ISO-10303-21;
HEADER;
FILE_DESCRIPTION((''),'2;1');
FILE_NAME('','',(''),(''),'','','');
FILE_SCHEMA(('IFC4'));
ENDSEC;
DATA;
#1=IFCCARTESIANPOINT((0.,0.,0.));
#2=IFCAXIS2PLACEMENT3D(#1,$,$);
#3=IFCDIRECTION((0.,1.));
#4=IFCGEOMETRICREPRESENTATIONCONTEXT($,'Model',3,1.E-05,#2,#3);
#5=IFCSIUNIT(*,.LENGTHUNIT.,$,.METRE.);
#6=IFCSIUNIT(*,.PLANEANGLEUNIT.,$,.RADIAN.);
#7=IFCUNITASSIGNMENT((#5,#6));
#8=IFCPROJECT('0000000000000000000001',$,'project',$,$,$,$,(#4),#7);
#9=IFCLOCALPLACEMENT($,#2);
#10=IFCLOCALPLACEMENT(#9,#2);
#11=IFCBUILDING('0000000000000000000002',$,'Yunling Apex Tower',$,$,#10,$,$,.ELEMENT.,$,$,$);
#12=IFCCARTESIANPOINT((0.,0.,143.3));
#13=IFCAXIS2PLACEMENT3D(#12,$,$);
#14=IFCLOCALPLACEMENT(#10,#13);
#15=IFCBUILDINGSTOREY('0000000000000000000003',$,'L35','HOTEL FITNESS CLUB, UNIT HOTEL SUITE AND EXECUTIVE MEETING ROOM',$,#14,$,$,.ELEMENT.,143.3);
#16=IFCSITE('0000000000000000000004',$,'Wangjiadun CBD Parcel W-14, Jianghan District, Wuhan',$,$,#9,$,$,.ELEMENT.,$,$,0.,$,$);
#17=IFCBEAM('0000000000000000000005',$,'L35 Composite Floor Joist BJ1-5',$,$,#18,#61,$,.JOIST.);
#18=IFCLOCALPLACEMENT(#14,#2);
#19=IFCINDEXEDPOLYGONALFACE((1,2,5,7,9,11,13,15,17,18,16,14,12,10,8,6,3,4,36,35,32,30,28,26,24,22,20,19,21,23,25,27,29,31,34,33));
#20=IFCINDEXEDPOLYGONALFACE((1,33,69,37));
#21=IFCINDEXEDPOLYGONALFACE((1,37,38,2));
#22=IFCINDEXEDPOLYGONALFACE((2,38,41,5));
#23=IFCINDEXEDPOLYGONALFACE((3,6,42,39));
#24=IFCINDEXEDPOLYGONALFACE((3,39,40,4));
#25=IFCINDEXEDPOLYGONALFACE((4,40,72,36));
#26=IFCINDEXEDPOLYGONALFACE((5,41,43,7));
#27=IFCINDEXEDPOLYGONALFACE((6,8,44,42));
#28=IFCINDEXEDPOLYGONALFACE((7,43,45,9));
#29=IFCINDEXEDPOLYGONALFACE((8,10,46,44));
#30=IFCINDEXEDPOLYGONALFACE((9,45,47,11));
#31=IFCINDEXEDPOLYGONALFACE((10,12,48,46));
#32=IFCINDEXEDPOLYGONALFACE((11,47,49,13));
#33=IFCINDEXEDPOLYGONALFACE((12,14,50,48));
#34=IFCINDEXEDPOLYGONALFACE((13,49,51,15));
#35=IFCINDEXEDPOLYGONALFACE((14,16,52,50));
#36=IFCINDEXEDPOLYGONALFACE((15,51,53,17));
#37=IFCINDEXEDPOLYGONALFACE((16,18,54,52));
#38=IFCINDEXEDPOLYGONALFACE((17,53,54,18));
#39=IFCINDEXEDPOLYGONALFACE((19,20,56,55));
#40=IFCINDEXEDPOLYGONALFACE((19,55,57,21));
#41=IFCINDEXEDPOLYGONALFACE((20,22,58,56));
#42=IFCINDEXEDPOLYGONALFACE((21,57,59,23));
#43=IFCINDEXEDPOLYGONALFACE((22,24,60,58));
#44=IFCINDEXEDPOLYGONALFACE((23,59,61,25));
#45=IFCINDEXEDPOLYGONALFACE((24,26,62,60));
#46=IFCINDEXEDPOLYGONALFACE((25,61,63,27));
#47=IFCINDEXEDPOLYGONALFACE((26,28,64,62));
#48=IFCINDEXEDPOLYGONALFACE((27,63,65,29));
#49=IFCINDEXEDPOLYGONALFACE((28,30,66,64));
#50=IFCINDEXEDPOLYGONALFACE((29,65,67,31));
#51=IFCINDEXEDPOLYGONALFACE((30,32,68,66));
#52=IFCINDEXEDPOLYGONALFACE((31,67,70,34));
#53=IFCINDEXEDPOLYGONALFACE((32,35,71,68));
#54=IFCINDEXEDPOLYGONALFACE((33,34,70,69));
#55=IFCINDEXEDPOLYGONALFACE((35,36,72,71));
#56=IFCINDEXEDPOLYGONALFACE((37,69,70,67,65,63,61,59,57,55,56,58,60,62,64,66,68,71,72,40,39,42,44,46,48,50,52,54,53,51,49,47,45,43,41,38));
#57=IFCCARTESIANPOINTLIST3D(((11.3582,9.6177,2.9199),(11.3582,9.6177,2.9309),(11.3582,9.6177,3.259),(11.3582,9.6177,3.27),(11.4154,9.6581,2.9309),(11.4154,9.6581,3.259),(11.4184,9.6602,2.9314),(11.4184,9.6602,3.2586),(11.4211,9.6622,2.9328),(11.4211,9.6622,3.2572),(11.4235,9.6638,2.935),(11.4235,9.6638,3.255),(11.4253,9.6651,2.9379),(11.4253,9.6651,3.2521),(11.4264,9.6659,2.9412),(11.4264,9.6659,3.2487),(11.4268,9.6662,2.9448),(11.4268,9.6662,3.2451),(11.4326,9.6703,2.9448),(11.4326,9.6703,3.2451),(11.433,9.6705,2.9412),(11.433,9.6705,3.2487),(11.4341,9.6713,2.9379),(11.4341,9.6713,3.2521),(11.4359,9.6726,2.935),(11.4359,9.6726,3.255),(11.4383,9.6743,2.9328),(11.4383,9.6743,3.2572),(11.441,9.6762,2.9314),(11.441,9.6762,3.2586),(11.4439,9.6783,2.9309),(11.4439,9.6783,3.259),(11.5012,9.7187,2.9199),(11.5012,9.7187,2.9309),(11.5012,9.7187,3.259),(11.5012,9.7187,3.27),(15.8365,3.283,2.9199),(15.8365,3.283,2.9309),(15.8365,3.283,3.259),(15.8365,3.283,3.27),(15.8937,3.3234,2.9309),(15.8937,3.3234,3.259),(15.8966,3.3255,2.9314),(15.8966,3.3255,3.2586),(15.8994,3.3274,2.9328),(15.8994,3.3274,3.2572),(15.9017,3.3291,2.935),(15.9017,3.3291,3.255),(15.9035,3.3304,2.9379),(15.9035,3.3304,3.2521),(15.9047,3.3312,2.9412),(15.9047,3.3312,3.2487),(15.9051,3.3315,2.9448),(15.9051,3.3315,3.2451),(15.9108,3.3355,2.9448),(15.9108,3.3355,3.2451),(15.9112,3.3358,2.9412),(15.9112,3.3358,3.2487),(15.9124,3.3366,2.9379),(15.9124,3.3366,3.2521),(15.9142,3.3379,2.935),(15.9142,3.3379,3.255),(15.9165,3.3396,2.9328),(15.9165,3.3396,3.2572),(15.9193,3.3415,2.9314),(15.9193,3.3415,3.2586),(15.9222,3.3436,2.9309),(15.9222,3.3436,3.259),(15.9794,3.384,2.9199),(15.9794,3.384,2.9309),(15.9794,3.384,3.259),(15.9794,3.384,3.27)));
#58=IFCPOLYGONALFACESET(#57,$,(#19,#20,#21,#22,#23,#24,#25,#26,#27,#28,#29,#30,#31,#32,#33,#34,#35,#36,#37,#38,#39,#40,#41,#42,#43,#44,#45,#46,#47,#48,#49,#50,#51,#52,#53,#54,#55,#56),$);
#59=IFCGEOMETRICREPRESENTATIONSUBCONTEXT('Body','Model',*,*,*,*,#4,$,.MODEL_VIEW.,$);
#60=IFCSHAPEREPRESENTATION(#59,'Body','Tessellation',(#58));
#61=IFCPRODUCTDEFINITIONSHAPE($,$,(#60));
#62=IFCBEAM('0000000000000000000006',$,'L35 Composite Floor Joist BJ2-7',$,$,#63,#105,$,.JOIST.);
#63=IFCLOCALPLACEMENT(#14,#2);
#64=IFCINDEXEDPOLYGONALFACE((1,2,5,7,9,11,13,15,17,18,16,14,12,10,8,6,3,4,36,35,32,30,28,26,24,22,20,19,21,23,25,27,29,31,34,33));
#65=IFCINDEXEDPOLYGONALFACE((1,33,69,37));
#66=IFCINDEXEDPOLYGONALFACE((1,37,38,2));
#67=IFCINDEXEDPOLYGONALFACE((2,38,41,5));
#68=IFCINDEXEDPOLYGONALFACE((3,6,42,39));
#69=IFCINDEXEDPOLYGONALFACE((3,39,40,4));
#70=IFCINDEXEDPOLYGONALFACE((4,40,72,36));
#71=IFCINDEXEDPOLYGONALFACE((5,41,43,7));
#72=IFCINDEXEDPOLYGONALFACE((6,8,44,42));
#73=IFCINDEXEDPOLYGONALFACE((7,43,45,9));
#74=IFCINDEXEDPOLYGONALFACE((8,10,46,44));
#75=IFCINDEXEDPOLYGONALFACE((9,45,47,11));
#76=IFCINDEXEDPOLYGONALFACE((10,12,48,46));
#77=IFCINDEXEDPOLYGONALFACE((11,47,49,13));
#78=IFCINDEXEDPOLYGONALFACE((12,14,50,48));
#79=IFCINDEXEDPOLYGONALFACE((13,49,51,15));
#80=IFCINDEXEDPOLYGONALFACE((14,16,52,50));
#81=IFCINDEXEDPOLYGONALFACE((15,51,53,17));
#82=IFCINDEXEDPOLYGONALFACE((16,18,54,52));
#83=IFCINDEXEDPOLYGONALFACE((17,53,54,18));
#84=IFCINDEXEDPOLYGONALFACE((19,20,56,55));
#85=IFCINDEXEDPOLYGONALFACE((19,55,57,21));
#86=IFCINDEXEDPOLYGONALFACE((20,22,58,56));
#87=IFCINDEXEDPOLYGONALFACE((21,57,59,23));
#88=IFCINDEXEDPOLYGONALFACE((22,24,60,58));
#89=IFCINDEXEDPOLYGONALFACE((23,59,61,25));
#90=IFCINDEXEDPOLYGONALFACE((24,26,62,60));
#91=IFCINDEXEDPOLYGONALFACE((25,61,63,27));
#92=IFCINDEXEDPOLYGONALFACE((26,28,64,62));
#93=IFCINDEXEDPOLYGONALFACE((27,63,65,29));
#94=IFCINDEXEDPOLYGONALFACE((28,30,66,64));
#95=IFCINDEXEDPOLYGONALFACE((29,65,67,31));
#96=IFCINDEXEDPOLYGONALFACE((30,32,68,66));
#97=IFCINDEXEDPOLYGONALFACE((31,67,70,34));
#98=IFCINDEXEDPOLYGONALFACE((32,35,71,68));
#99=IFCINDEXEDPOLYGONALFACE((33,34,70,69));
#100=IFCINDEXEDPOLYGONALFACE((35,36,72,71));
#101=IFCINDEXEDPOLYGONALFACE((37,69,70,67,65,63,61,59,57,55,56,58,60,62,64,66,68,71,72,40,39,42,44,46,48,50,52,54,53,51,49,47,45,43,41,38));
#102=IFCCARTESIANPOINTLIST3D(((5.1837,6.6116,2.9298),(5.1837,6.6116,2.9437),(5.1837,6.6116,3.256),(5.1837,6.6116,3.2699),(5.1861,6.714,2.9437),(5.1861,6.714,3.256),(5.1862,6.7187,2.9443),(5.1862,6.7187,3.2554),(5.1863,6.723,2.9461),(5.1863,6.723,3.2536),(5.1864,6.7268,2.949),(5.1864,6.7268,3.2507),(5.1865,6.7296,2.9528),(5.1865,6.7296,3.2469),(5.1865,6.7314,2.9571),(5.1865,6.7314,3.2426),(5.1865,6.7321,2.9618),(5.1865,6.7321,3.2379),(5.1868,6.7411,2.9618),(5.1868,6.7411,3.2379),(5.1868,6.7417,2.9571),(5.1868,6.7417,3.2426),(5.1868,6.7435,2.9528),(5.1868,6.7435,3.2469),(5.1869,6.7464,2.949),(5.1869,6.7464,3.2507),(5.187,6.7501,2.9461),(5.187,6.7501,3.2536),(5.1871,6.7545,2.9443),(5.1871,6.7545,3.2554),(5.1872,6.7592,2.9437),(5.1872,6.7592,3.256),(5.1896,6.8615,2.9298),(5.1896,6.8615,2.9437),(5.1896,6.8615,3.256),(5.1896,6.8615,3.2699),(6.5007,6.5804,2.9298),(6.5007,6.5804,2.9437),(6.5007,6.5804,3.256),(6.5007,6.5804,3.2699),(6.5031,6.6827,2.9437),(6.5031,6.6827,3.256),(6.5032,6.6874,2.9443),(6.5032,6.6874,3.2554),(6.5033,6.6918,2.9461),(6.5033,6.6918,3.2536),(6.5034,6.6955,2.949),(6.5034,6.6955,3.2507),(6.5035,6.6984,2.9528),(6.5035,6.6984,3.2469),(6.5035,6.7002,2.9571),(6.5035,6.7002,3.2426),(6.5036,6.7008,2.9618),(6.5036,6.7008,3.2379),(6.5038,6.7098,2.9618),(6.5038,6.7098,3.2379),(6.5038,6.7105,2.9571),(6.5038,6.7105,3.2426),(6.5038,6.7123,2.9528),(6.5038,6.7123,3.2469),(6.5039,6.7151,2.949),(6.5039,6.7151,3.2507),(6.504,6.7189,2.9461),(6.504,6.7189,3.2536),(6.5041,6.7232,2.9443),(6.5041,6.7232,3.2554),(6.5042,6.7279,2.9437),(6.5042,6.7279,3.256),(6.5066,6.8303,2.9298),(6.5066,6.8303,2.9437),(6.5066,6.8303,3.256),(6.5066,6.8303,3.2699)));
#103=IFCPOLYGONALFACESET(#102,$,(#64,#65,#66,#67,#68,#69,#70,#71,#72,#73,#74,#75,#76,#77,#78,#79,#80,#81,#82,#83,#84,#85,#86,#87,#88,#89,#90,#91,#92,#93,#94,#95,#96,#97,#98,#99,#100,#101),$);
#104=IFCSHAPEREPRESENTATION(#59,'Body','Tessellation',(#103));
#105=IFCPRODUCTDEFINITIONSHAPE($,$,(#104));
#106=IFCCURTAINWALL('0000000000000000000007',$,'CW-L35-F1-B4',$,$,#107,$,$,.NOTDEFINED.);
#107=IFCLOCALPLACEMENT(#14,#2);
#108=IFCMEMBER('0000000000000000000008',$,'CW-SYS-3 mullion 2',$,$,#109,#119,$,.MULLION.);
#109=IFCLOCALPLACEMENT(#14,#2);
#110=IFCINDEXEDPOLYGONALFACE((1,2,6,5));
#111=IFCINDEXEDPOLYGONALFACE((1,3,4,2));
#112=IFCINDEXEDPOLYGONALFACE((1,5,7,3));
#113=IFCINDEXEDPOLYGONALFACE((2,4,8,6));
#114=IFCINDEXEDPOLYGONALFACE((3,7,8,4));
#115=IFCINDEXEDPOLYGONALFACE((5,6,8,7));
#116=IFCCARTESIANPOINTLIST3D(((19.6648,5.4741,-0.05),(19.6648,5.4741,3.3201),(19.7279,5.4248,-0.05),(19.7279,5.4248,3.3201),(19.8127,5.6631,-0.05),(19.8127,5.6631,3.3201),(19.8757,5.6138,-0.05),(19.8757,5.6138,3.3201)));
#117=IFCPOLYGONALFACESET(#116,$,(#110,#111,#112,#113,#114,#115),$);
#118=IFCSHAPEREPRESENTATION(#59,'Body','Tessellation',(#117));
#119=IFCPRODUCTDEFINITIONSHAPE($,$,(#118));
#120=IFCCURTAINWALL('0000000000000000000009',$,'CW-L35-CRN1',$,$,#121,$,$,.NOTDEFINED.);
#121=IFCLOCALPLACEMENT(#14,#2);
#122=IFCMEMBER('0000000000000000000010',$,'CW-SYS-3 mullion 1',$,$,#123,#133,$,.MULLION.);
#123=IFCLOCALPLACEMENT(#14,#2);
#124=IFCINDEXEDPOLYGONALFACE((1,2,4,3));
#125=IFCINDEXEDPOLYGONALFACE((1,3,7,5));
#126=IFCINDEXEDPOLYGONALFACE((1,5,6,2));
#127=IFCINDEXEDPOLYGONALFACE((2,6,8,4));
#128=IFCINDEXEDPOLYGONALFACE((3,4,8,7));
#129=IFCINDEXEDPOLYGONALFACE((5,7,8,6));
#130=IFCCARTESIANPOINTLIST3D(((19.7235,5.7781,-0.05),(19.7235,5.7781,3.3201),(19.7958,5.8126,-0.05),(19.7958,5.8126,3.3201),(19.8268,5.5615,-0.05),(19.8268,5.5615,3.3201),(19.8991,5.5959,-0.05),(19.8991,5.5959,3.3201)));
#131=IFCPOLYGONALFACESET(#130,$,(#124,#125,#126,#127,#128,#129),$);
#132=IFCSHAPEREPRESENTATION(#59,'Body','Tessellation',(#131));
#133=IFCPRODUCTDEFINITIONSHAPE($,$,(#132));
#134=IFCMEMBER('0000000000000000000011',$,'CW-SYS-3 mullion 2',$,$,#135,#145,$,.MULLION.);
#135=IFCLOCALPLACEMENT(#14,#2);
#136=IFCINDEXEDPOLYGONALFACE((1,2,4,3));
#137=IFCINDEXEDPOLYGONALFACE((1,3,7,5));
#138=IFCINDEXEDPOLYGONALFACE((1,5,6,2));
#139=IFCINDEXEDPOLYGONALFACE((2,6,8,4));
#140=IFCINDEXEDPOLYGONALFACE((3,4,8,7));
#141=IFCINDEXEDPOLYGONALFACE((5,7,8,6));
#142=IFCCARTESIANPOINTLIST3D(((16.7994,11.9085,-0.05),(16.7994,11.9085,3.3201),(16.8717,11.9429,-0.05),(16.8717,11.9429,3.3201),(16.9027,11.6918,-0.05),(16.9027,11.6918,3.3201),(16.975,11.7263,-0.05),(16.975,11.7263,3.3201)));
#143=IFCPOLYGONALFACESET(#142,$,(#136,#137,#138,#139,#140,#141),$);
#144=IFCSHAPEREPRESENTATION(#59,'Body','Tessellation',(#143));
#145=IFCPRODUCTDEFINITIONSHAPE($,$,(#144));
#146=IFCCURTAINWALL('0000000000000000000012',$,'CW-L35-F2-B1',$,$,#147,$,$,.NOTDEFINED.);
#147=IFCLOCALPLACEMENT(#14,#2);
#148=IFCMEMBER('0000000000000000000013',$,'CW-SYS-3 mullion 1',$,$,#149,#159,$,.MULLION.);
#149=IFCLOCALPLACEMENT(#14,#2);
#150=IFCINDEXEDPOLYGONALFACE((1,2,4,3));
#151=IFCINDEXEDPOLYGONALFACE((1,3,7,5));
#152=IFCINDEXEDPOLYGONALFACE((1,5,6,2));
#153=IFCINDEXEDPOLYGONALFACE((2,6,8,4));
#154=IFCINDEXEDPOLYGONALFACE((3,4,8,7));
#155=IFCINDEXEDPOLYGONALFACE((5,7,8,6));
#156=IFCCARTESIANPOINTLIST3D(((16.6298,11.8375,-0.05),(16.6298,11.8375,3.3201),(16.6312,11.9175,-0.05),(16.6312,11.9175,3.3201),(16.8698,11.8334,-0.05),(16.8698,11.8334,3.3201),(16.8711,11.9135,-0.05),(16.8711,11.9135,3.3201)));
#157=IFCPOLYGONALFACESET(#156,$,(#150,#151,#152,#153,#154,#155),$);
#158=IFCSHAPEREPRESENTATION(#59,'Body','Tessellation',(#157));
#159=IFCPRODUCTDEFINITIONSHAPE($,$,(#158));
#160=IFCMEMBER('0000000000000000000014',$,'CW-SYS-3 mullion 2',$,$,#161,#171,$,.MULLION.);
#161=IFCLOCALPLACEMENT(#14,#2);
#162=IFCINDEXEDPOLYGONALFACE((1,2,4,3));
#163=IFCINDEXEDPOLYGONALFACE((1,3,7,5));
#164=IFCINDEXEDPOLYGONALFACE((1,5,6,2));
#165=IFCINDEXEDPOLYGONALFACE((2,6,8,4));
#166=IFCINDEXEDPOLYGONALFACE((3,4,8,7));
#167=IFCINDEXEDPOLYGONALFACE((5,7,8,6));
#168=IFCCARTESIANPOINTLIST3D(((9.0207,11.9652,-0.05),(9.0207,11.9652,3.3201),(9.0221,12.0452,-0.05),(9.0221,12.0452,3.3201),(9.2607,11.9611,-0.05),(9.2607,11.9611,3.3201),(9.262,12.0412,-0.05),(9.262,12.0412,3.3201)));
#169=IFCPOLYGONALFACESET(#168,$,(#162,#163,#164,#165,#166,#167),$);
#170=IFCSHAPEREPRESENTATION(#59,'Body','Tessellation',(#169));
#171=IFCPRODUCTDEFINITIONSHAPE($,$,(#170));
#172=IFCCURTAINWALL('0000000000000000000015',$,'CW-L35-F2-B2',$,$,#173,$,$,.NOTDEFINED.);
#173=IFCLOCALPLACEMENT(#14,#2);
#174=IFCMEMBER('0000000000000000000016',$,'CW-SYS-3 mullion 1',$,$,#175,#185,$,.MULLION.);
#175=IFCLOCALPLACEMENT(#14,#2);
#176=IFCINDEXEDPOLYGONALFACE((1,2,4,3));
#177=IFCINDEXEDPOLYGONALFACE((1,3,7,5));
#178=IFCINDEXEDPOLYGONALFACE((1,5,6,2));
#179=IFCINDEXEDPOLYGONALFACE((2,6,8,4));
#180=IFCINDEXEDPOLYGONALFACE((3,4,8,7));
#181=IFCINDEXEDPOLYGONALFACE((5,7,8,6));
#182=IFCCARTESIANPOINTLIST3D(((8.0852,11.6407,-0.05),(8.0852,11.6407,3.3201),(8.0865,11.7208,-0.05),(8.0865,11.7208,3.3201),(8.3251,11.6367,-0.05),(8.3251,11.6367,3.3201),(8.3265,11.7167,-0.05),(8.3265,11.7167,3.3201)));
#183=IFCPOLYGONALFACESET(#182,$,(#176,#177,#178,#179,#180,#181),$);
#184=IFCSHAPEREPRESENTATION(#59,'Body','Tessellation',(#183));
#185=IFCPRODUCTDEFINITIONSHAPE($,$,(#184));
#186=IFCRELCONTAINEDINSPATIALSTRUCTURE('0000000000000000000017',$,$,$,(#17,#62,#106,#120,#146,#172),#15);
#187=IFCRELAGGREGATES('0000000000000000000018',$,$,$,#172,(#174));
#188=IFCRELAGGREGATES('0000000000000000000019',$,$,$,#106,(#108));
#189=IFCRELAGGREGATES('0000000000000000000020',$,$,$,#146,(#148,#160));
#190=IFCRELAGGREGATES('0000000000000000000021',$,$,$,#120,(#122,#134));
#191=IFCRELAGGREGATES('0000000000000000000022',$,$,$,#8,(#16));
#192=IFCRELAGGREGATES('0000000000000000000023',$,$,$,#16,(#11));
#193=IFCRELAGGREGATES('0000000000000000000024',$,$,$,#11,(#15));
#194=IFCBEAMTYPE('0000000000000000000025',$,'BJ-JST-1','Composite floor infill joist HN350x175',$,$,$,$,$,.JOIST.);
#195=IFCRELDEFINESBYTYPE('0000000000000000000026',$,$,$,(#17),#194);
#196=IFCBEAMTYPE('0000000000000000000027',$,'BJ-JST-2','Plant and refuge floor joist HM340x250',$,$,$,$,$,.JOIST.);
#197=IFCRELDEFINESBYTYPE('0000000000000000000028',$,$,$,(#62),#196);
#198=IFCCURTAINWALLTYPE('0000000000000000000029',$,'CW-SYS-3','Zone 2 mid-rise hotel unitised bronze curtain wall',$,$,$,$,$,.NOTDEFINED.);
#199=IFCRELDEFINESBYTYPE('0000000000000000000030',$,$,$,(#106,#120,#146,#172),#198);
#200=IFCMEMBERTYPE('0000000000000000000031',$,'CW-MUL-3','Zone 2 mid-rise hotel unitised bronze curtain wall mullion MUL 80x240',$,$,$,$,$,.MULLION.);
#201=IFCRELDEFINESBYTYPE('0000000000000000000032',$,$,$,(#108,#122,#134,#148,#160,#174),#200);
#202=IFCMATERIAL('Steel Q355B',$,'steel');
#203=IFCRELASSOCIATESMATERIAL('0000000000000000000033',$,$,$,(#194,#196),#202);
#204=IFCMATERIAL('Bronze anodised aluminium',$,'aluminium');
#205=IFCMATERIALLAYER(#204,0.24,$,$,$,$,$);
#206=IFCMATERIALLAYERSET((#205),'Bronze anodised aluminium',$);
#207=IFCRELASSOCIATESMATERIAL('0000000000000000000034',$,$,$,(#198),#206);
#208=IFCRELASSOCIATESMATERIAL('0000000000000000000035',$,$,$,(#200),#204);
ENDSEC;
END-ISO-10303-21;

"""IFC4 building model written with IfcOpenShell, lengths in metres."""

from ifc_helpers import new_model, si_unit, direction, frame, origin, origin_2d, place, context, subcontext, project, spatial, rectangle, i_section, extrude, source, transform, mapped, material, layer, layer_set, material_profile, profile_set, type_object, element, aggregate, save


model = new_model("IFC4")

# Units and contexts
model_context = context("Model", 3, precision=1e-05, world=origin(), true_north=direction((0.0, 1.0)))
body_context = subcontext(model_context, "Body", "Model", "MODEL_VIEW")
ifc_project = project(units=[si_unit("LENGTHUNIT", "METRE"), si_unit("PLANEANGLEUNIT", "RADIAN")], contexts=[model_context])

# Site, building, storey
site_placement = place(None, origin())
site = spatial("IfcSite", under=ifc_project, at=site_placement, Name="Wangjiadun CBD Parcel W-14, Jianghan District, Wuhan", CompositionType="ELEMENT", RefElevation=0.0)
building_placement = place(site_placement, origin())
building = spatial("IfcBuilding", under=site, at=building_placement, Name="Yunling Apex Tower", CompositionType="ELEMENT")
storey_placement = place(building_placement, frame((0.0, 0.0, 143.3)))
storey = spatial("IfcBuildingStorey", under=building, at=storey_placement, Name="L35", Description="HOTEL FITNESS CLUB, UNIT HOTEL SUITE AND EXECUTIVE MEETING ROOM", CompositionType="ELEMENT", Elevation=143.3)

# Beams
ifc_material_1 = material(Name="Steel Q355B", Category="steel")
ifc_material_profile_1 = material_profile(ifc_material_1, i_section(OverallWidth=0.175, OverallDepth=0.3501, WebThickness=0.0071, FlangeThickness=0.011, FilletRadius=0.0139, at=origin_2d()))
ifc_profile_set_1 = profile_set([ifc_material_profile_1], Name="Steel Q355B")
beam_type_1 = type_object("IfcBeamType", Name="BJ-JST-1", Description="Composite floor infill joist HN350x175", PredefinedType="JOIST", material=ifc_profile_set_1)
shared_shape_1 = source(origin(), body_context, "Body", "SweptSolid", [
    extrude(i_section(OverallWidth=0.175, OverallDepth=0.3501, WebThickness=0.0071, FlangeThickness=0.011, FilletRadius=0.0139, at=origin_2d()), origin(), (0.0, 0.0, 1.0), 7.7578),
])
beam_1_placement = place(storey_placement, frame((15.908, 3.3335, 3.095), z_axis=(-0.57726, 0.81656, 0.0), x_axis=(-0.81656, -0.57726, 0.0)))
element("IfcBeam", 1, at=beam_1_placement, inside=storey, type_object=beam_type_1, Name="L35 Composite Floor Joist BJ1-5", PredefinedType="JOIST", context=body_context, shape_type="MappedRepresentation", body=[
    mapped(shared_shape_1, transform((0.0, 0.0, 0.0), scale=1.0)),
])
ifc_material_profile_2 = material_profile(ifc_material_1, i_section(OverallWidth=0.25, OverallDepth=0.3401, WebThickness=0.009, FlangeThickness=0.0139, FilletRadius=0.0181, at=origin_2d()))
ifc_profile_set_2 = profile_set([ifc_material_profile_2], Name="Steel Q355B")
beam_type_2 = type_object("IfcBeamType", Name="BJ-JST-2", Description="Plant and refuge floor joist HM340x250", PredefinedType="JOIST", material=ifc_profile_set_2)
shared_shape_2 = source(origin(), body_context, "Body", "SweptSolid", [
    extrude(i_section(OverallWidth=0.25, OverallDepth=0.3401, WebThickness=0.009, FlangeThickness=0.0139, FilletRadius=0.0181, at=origin_2d()), origin(), (0.0, 0.0, 1.0), 1.3174),
])
beam_2_placement = place(storey_placement, frame((6.5037, 6.7053, 3.0999), z_axis=(-0.999719, 0.023723, 0.0), x_axis=(-0.023723, -0.999719, 0.0)))
element("IfcBeam", 2, at=beam_2_placement, inside=storey, type_object=beam_type_2, Name="L35 Composite Floor Joist BJ2-7", PredefinedType="JOIST", context=body_context, shape_type="MappedRepresentation", body=[
    mapped(shared_shape_2, transform((0.0, 0.0, 0.0), scale=1.0)),
])

# Curtain wall, member
ifc_material_2 = material(Name="Bronze anodised aluminium", Category="aluminium")
ifc_layer_1 = layer(ifc_material_2, 0.24)
ifc_layer_set_1 = layer_set([ifc_layer_1], Name="Bronze anodised aluminium")
curtain_wall_type = type_object("IfcCurtainWallType", Name="CW-SYS-3", Description="Zone 2 mid-rise hotel unitised bronze curtain wall", PredefinedType="NOTDEFINED", material=ifc_layer_set_1)
curtain_wall_1_placement = place(storey_placement, origin())
curtain_wall_1 = element("IfcCurtainWall", 3, at=curtain_wall_1_placement, inside=storey, type_object=curtain_wall_type, Name="CW-L35-F1-B4", PredefinedType="NOTDEFINED")
ifc_material_profile_3 = material_profile(ifc_material_2, rectangle(XDim=0.0801, YDim=0.24, at=origin_2d()))
ifc_profile_set_3 = profile_set([ifc_material_profile_3], Name="Bronze anodised aluminium")
member_type_1 = type_object("IfcMemberType", Name="CW-MUL-3", Description="Zone 2 mid-rise hotel unitised bronze curtain wall mullion MUL 80x240", PredefinedType="MULLION", material=ifc_profile_set_3)
shared_shape_3 = source(origin(), body_context, "Body", "SweptSolid", [
    extrude(rectangle(XDim=0.0801, YDim=0.24, at=origin_2d()), origin(), (0.0, 0.0, 1.0), 3.3701),
])
member_1_placement = place(storey_placement, frame((19.7703, 5.5439, -0.05), z_axis=(0.0, 0.0, 1.0), x_axis=(-0.787584, 0.616208, 0.0)))
member_1 = element("IfcMember", 4, at=member_1_placement, type_object=member_type_1, Name="CW-SYS-3 mullion 2", PredefinedType="MULLION", context=body_context, shape_type="MappedRepresentation", body=[
    mapped(shared_shape_3, transform((0.0, 0.0, 0.0), scale=1.0)),
])

# Curtain walls, members
curtain_wall_2_placement = place(storey_placement, origin())
curtain_wall_2 = element("IfcCurtainWall", 5, at=curtain_wall_2_placement, inside=storey, type_object=curtain_wall_type, Name="CW-L35-CRN1", PredefinedType="NOTDEFINED")
member_2_placement = place(storey_placement, frame((19.8113, 5.687, -0.05), z_axis=(0.0, 0.0, 1.0), x_axis=(-0.902582, -0.430519, 0.0)))
member_2 = element("IfcMember", 6, at=member_2_placement, type_object=member_type_1, Name="CW-SYS-3 mullion 1", PredefinedType="MULLION", context=body_context, shape_type="MappedRepresentation", body=[
    mapped(shared_shape_3, transform((0.0, 0.0, 0.0), scale=1.0)),
])
member_3_placement = place(storey_placement, frame((16.8872, 11.8174, -0.05), z_axis=(0.0, 0.0, 1.0), x_axis=(-0.902582, -0.430519, 0.0)))
member_3 = element("IfcMember", 7, at=member_3_placement, type_object=member_type_1, Name="CW-SYS-3 mullion 2", PredefinedType="MULLION", context=body_context, shape_type="MappedRepresentation", body=[
    mapped(shared_shape_3, transform((0.0, 0.0, 0.0), scale=1.0)),
])
curtain_wall_3_placement = place(storey_placement, origin())
curtain_wall_3 = element("IfcCurtainWall", 8, at=curtain_wall_3_placement, inside=storey, type_object=curtain_wall_type, Name="CW-L35-F2-B1", PredefinedType="NOTDEFINED")
member_4_placement = place(storey_placement, frame((16.7505, 11.8755, -0.05), z_axis=(0.0, 0.0, 1.0), x_axis=(-0.016762, -0.99986, 0.0)))
member_4 = element("IfcMember", 9, at=member_4_placement, type_object=member_type_1, Name="CW-SYS-3 mullion 1", PredefinedType="MULLION", context=body_context, shape_type="MappedRepresentation", body=[
    mapped(shared_shape_3, transform((0.0, 0.0, 0.0), scale=1.0)),
])
member_5_placement = place(storey_placement, frame((9.1414, 12.0032, -0.05), z_axis=(0.0, 0.0, 1.0), x_axis=(-0.016762, -0.99986, 0.0)))
member_5 = element("IfcMember", 10, at=member_5_placement, type_object=member_type_1, Name="CW-SYS-3 mullion 2", PredefinedType="MULLION", context=body_context, shape_type="MappedRepresentation", body=[
    mapped(shared_shape_3, transform((0.0, 0.0, 0.0), scale=1.0)),
])

# Curtain wall, member
curtain_wall_4_placement = place(storey_placement, origin())
curtain_wall_4 = element("IfcCurtainWall", 11, at=curtain_wall_4_placement, inside=storey, type_object=curtain_wall_type, Name="CW-L35-F2-B2", PredefinedType="NOTDEFINED")
member_6_placement = place(storey_placement, frame((8.2058, 11.6787, -0.05), z_axis=(0.0, 0.0, 1.0), x_axis=(-0.016767, -0.999859, 0.0)))
member_6 = element("IfcMember", 12, at=member_6_placement, type_object=member_type_1, Name="CW-SYS-3 mullion 1", PredefinedType="MULLION", context=body_context, shape_type="MappedRepresentation", body=[
    mapped(shared_shape_3, transform((0.0, 0.0, 0.0), scale=1.0)),
])

aggregate(curtain_wall_4, [member_6])

aggregate(curtain_wall_1, [member_1])
aggregate(curtain_wall_3, [member_4, member_5])
aggregate(curtain_wall_2, [member_2, member_3])

save(model, "model.ifc")
